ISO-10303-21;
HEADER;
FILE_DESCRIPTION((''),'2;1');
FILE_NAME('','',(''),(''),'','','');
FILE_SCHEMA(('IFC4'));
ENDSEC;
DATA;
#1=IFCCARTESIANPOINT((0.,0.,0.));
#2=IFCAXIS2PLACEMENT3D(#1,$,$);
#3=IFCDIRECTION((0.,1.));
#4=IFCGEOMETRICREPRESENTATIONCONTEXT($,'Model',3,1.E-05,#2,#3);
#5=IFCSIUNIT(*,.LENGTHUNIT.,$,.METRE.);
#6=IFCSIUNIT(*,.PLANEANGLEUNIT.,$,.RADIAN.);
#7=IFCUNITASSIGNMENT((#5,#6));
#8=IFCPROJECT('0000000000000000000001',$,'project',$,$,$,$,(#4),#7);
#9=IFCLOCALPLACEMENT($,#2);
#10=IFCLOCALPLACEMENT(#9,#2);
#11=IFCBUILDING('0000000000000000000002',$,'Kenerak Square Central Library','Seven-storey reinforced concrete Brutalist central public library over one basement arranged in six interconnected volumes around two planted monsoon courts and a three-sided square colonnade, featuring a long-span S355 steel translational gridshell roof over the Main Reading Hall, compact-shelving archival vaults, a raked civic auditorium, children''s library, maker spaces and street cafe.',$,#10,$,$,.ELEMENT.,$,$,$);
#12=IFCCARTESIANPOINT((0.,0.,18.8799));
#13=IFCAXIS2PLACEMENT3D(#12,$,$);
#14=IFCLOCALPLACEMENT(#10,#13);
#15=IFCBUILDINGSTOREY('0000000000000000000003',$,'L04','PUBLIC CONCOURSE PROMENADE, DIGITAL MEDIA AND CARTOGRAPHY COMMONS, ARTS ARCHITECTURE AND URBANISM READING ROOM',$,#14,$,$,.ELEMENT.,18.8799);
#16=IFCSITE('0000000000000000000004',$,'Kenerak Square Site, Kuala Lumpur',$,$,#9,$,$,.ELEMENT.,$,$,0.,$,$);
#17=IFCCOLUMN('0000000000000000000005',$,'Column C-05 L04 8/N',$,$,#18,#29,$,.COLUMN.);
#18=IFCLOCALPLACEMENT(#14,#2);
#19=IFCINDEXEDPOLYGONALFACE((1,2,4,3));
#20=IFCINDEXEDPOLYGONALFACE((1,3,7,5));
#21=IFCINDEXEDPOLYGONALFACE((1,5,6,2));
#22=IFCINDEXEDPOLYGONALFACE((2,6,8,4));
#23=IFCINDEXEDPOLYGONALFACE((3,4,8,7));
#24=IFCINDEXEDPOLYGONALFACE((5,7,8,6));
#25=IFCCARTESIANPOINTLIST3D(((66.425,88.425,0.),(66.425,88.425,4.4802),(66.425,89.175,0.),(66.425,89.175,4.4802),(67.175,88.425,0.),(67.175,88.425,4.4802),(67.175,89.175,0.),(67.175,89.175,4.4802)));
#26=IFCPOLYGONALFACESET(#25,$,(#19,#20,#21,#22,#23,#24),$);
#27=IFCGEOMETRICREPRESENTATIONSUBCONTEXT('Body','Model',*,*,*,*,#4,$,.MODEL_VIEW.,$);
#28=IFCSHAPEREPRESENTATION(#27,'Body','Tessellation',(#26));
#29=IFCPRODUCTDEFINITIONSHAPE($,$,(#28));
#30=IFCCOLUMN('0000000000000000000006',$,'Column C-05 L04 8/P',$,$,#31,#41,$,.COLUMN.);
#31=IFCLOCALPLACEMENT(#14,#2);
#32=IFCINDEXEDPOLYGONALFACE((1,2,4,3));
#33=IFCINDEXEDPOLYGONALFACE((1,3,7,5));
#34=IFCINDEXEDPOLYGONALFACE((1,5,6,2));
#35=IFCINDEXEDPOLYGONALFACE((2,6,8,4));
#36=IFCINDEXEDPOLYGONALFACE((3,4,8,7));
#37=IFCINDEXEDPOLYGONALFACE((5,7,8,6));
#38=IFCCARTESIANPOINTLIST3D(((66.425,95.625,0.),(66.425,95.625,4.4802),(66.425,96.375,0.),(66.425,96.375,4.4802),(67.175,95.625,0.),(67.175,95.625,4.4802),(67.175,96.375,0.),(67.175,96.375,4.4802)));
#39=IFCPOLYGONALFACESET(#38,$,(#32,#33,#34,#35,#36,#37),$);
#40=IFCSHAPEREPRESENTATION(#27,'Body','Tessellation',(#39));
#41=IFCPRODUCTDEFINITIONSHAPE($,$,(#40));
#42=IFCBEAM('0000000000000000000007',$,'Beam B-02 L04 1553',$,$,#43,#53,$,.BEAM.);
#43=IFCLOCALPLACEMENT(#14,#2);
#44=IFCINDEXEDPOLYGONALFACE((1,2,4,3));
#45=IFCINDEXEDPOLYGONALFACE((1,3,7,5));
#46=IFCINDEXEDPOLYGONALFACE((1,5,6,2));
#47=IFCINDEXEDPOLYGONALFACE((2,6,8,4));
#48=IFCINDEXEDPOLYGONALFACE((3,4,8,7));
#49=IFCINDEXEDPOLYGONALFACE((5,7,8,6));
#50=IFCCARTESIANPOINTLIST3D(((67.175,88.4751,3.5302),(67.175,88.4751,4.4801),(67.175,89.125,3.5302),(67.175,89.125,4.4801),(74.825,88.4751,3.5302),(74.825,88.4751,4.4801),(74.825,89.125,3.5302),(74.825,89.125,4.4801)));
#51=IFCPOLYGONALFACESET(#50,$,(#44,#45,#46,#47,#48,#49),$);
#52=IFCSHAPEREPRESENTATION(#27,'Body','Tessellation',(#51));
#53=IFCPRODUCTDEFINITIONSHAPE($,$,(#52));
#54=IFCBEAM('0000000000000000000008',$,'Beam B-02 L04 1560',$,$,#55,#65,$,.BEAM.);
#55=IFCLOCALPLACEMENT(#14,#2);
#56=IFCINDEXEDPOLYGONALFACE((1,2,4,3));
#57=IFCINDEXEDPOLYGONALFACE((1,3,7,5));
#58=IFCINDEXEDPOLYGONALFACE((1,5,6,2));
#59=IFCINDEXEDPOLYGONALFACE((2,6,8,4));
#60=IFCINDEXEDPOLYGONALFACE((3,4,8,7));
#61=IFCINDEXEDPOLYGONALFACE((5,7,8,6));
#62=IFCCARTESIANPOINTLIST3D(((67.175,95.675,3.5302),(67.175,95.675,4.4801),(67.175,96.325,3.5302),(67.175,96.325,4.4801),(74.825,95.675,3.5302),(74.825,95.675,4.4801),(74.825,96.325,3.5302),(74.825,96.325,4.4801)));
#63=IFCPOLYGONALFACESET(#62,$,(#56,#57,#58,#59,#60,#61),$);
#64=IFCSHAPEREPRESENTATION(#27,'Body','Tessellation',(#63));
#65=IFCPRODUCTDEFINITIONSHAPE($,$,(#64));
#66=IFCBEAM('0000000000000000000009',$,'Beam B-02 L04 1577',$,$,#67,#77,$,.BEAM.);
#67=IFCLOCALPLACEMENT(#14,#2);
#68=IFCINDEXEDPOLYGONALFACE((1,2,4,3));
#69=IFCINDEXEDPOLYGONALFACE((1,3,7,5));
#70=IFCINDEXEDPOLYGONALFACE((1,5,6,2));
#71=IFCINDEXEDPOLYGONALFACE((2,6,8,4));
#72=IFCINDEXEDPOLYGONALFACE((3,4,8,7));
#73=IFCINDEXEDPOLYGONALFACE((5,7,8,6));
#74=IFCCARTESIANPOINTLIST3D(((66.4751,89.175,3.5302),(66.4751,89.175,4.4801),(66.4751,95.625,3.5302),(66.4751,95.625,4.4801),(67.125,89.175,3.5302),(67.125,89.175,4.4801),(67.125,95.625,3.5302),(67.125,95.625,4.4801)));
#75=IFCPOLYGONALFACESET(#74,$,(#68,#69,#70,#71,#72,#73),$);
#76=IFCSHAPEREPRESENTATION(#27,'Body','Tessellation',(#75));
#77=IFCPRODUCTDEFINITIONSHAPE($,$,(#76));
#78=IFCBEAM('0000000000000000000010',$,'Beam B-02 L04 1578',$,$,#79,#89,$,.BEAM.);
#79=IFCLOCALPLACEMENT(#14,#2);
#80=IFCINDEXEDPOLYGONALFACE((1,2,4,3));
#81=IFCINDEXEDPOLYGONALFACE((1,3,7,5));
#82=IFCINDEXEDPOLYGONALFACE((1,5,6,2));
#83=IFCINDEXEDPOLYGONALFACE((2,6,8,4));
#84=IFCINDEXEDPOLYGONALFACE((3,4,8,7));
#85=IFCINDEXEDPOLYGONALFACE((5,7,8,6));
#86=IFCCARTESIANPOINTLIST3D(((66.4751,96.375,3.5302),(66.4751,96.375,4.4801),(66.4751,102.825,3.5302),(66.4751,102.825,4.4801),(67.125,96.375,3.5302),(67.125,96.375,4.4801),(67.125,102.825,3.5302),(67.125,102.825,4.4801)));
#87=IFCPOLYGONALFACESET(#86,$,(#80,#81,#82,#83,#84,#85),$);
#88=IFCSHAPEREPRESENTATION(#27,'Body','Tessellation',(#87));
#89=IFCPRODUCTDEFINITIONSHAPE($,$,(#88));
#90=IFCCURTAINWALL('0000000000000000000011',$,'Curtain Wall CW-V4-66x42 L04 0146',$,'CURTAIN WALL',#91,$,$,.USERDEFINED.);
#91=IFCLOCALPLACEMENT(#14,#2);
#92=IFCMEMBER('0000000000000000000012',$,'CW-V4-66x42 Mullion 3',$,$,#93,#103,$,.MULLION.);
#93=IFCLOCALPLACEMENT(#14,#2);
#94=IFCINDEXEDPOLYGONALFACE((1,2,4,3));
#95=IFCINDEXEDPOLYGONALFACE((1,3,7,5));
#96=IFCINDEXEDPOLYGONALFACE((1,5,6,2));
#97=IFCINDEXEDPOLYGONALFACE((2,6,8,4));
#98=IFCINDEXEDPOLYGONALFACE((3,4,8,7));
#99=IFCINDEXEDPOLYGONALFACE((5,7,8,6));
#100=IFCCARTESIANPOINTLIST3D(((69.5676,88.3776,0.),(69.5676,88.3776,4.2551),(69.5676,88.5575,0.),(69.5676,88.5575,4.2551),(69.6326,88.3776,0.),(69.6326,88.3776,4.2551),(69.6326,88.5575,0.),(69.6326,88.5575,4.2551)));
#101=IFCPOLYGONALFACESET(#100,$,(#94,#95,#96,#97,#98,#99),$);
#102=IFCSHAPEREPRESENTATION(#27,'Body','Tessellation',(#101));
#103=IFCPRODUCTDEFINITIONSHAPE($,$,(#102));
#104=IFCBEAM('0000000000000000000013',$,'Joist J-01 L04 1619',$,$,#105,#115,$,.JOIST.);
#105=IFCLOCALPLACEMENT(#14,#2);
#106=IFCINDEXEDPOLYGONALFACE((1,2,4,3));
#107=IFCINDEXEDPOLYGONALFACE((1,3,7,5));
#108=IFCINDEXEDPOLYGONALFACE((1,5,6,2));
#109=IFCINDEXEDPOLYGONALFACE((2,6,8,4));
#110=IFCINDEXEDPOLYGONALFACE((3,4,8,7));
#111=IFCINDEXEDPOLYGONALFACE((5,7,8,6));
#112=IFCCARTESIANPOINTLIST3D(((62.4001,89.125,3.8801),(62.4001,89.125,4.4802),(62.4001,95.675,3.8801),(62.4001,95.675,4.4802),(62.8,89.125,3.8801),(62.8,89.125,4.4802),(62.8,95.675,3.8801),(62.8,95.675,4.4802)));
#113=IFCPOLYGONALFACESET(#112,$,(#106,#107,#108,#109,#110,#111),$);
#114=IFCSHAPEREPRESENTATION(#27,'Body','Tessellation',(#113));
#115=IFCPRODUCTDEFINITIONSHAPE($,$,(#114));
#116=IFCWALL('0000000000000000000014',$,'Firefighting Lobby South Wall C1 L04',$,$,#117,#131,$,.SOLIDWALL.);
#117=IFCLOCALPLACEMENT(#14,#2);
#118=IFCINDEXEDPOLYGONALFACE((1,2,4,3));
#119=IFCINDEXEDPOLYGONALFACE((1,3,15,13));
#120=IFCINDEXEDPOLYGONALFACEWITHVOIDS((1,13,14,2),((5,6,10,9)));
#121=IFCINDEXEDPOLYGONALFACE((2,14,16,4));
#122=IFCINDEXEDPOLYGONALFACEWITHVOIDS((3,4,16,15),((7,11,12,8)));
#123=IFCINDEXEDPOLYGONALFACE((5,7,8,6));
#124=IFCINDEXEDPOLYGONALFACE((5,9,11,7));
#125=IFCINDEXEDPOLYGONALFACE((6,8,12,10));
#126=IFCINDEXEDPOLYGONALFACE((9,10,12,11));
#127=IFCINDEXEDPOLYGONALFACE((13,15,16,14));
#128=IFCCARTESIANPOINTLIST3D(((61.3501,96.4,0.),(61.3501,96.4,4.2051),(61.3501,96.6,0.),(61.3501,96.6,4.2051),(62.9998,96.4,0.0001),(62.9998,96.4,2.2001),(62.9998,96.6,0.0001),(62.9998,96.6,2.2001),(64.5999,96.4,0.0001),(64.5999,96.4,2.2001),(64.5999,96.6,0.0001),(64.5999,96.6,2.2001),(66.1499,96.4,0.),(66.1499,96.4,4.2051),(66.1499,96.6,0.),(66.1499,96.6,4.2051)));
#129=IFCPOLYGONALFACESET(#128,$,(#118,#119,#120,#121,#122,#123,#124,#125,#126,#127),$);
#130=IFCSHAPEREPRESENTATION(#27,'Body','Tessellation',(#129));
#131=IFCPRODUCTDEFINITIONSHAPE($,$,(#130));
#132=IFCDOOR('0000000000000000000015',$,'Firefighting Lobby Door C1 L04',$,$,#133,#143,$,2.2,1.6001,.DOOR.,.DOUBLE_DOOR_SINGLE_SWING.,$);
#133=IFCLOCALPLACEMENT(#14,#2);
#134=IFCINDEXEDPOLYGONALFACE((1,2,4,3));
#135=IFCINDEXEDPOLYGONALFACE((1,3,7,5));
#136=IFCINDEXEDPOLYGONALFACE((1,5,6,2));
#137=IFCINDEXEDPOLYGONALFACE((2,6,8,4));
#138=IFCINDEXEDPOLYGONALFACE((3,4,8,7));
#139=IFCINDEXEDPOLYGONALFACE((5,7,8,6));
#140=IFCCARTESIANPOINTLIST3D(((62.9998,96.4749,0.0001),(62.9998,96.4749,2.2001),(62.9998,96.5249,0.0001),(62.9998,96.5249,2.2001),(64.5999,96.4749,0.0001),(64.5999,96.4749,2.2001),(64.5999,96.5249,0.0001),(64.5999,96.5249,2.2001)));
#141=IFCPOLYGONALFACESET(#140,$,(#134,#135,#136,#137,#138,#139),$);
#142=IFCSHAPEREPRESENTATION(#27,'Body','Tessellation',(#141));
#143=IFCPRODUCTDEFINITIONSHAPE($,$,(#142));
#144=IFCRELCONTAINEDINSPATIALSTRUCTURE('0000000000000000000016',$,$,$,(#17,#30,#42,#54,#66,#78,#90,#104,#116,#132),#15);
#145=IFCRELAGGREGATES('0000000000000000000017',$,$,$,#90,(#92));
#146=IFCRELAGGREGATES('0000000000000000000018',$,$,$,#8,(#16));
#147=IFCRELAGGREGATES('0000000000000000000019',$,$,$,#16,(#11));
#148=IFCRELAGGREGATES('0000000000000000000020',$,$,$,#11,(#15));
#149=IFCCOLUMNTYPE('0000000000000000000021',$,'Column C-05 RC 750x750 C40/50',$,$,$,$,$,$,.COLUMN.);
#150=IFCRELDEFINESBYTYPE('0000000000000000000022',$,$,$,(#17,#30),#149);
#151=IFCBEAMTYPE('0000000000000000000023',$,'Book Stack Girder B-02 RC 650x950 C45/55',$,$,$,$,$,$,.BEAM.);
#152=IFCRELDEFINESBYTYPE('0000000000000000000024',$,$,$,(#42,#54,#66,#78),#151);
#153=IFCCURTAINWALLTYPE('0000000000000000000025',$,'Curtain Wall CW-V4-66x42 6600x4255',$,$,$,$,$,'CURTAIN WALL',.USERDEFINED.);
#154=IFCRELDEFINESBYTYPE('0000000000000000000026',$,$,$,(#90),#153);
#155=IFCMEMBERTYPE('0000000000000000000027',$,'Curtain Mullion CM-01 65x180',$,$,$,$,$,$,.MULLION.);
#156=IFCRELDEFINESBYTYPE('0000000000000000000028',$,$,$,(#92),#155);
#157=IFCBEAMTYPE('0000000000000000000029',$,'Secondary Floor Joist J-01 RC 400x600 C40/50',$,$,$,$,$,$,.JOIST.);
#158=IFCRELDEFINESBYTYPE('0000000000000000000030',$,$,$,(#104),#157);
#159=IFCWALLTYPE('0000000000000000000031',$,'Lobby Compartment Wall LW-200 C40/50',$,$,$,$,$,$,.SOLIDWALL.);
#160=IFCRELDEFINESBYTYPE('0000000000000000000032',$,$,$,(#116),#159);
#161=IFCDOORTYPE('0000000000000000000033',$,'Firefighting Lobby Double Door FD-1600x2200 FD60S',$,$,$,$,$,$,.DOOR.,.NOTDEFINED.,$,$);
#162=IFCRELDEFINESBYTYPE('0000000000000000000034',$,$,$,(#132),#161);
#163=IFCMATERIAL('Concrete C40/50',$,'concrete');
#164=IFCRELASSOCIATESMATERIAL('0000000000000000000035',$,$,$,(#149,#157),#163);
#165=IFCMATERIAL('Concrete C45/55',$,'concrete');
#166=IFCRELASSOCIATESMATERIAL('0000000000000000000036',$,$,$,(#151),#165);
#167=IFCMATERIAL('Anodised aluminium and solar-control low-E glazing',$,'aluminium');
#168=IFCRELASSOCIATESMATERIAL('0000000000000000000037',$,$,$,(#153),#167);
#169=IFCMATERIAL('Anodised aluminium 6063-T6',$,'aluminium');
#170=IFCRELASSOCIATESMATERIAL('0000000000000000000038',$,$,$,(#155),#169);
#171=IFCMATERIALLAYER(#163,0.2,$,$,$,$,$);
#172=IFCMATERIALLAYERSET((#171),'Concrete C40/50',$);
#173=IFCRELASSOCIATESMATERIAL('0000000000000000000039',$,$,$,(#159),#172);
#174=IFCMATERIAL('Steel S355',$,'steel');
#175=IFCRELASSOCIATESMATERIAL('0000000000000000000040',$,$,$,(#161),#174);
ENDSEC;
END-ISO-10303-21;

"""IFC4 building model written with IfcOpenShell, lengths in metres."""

from ifc_helpers import new_model, si_unit, direction, frame, frame_2d, origin, origin_2d, place, context, subcontext, project, spatial, rectangle, extrude, material, layer, layer_set, material_profile, profile_set, type_object, element, fill, aggregate, save


model = new_model("IFC4")

# Units and contexts
model_context = context("Model", 3, precision=1e-05, world=origin(), true_north=direction((0.0, 1.0)))
body_context = subcontext(model_context, "Body", "Model", "MODEL_VIEW")
ifc_project = project(units=[si_unit("LENGTHUNIT", "METRE"), si_unit("PLANEANGLEUNIT", "RADIAN")], contexts=[model_context])

# Site, building, storey
site_placement = place(None, origin())
site = spatial("IfcSite", under=ifc_project, at=site_placement, Name="Kenerak Square Site, Kuala Lumpur", CompositionType="ELEMENT", RefElevation=0.0)
building_placement = place(site_placement, origin())
building = spatial("IfcBuilding", under=site, at=building_placement, Name="Kenerak Square Central Library", Description="Seven-storey reinforced concrete Brutalist central public library over one basement arranged in six interconnected volumes around two planted monsoon courts and a three-sided square colonnade, featuring a long-span S355 steel translational gridshell roof over the Main Reading Hall, compact-shelving archival vaults, a raked civic auditorium, children's library, maker spaces and street cafe.", CompositionType="ELEMENT")
storey_placement = place(building_placement, frame((0.0, 0.0, 18.8799)))
storey = spatial("IfcBuildingStorey", under=building, at=storey_placement, Name="L04", Description="PUBLIC CONCOURSE PROMENADE, DIGITAL MEDIA AND CARTOGRAPHY COMMONS, ARTS ARCHITECTURE AND URBANISM READING ROOM", CompositionType="ELEMENT", Elevation=18.8799)

# Columns
ifc_material_1 = material(Name="Concrete C40/50", Category="concrete")
ifc_material_profile_1 = material_profile(ifc_material_1, rectangle(XDim=0.75, YDim=0.75, at=origin_2d()), Name="RC 750x750")
ifc_profile_set_1 = profile_set([ifc_material_profile_1], Name="Concrete C40/50")
column_type = type_object("IfcColumnType", Name="Column C-05 RC 750x750 C40/50", PredefinedType="COLUMN", material=ifc_profile_set_1)
for number, where, z_axis, x_axis, name in (
    (1, (66.8, 88.8, 0.0), (0.0, 0.0, 1.0), (1.0, 0.0, 0.0), "Column C-05 L04 8/N"),
    (2, (66.8, 96.0, 0.0), (0.0, 0.0, 1.0), (1.0, 0.0, 0.0), "Column C-05 L04 8/P"),
):
    element("IfcColumn", number, at=place(storey_placement, frame(where, z_axis=z_axis, x_axis=x_axis)), inside=storey, type_object=column_type, Name=name, PredefinedType="COLUMN", context=body_context, shape_type="SweptSolid", body=[
        extrude(rectangle(XDim=0.75, YDim=0.75, at=origin_2d()), origin(), (0.0, 0.0, 1.0), 4.4802),
    ])

# Beams
ifc_material_2 = material(Name="Concrete C45/55", Category="concrete")
ifc_material_profile_2 = material_profile(ifc_material_2, rectangle(XDim=0.6499, YDim=0.95, at=origin_2d()), Name="RC 650x950")
ifc_profile_set_2 = profile_set([ifc_material_profile_2], Name="Concrete C45/55")
beam_type_1 = type_object("IfcBeamType", Name="Book Stack Girder B-02 RC 650x950 C45/55", PredefinedType="BEAM", material=ifc_profile_set_2)
for number, where, z_axis, x_axis, name in (
    (3, (67.175, 88.8, 4.0051), (1.0, 0.0, 0.0), (0.0, 1.0, 0.0), "Beam B-02 L04 1553"),
    (4, (67.175, 96.0, 4.0051), (1.0, 0.0, 0.0), (0.0, 1.0, 0.0), "Beam B-02 L04 1560"),
):
    element("IfcBeam", number, at=place(storey_placement, frame(where, z_axis=z_axis, x_axis=x_axis)), inside=storey, type_object=beam_type_1, Name=name, PredefinedType="BEAM", context=body_context, shape_type="SweptSolid", body=[
        extrude(rectangle(XDim=0.6499, YDim=0.95, at=origin_2d()), origin(), (0.0, 0.0, 1.0), 7.6499),
    ])
for number, where, z_axis, x_axis, name in (
    (5, (66.8, 89.175, 4.0051), (0.0, 1.0, 0.0), (-1.0, 0.0, 0.0), "Beam B-02 L04 1577"),
    (6, (66.8, 96.375, 4.0051), (0.0, 1.0, 0.0), (-1.0, 0.0, 0.0), "Beam B-02 L04 1578"),
):
    element("IfcBeam", number, at=place(storey_placement, frame(where, z_axis=z_axis, x_axis=x_axis)), inside=storey, type_object=beam_type_1, Name=name, PredefinedType="BEAM", context=body_context, shape_type="SweptSolid", body=[
        extrude(rectangle(XDim=0.6499, YDim=0.95, at=origin_2d()), origin(), (0.0, 0.0, 1.0), 6.45),
    ])

# Curtain wall, member
ifc_material_3 = material(Name="Anodised aluminium and solar-control low-E glazing", Category="aluminium")
curtain_wall_type = type_object("IfcCurtainWallType", Name="Curtain Wall CW-V4-66x42 6600x4255", ElementType="CURTAIN WALL", PredefinedType="USERDEFINED", material=ifc_material_3)
curtain_wall_placement = place(storey_placement, origin())
curtain_wall = element("IfcCurtainWall", 7, at=curtain_wall_placement, inside=storey, type_object=curtain_wall_type, Name="Curtain Wall CW-V4-66x42 L04 0146", ObjectType="CURTAIN WALL", PredefinedType="USERDEFINED")
ifc_material_4 = material(Name="Anodised aluminium 6063-T6", Category="aluminium")
ifc_material_profile_3 = material_profile(ifc_material_4, rectangle(XDim=0.0649, YDim=0.1799, at=origin_2d()), Name="AL MULLION 65x180")
ifc_profile_set_3 = profile_set([ifc_material_profile_3], Name="Anodised aluminium 6063-T6")
member_type = type_object("IfcMemberType", Name="Curtain Mullion CM-01 65x180", PredefinedType="MULLION", material=ifc_profile_set_3)
member_placement = place(storey_placement, frame((69.6001, 88.4675, 0.0), z_axis=(0.0, 0.0, 1.0), x_axis=(-1.0, 0.0, 0.0)))
member = element("IfcMember", 8, at=member_placement, type_object=member_type, Name="CW-V4-66x42 Mullion 3", PredefinedType="MULLION", context=body_context, shape_type="SweptSolid", body=[
    extrude(rectangle(XDim=0.0649, YDim=0.1799, at=origin_2d()), origin(), (0.0, 0.0, 1.0), 4.2551),
])
aggregate(curtain_wall, [member])

# Beam
ifc_material_profile_4 = material_profile(ifc_material_1, rectangle(XDim=0.3999, YDim=0.6001, at=origin_2d()), Name="RC 400x600")
ifc_profile_set_4 = profile_set([ifc_material_profile_4], Name="Concrete C40/50")
beam_type_2 = type_object("IfcBeamType", Name="Secondary Floor Joist J-01 RC 400x600 C40/50", PredefinedType="JOIST", material=ifc_profile_set_4)
beam_placement = place(storey_placement, frame((62.6001, 89.125, 4.1802), z_axis=(0.0, 1.0, 0.0), x_axis=(-1.0, 0.0, 0.0)))
element("IfcBeam", 9, at=beam_placement, inside=storey, type_object=beam_type_2, Name="Joist J-01 L04 1619", PredefinedType="JOIST", context=body_context, shape_type="SweptSolid", body=[
    extrude(rectangle(XDim=0.3999, YDim=0.6001, at=origin_2d()), origin(), (0.0, 0.0, 1.0), 6.55),
])

# Wall, opening, door
ifc_layer_1 = layer(ifc_material_1, 0.2)
ifc_layer_set_1 = layer_set([ifc_layer_1], Name="Concrete C40/50")
wall_type_1 = type_object("IfcWallType", Name="Lobby Compartment Wall LW-200 C40/50", PredefinedType="SOLIDWALL", material=ifc_layer_set_1)
wall_1_placement = place(storey_placement, frame((66.1499, 96.5, 0.0), z_axis=(0.0, 0.0, 1.0), x_axis=(-1.0, 0.0, 0.0)))
wall_1 = element("IfcWall", 10, at=wall_1_placement, inside=storey, type_object=wall_type_1, Name="Firefighting Lobby South Wall C1 L04", PredefinedType="SOLIDWALL", context=body_context, shape_type="SweptSolid", body=[
    extrude(rectangle(XDim=4.7998, YDim=0.2, at=frame_2d((2.3999, 0.0))), origin(), (0.0, 0.0, 1.0), 4.2051),
])
opening_1_placement = place(wall_1_placement, frame((1.55, 0.0, 0.0)))
opening_1 = element("IfcOpeningElement", 11, at=opening_1_placement, cuts=wall_1, PredefinedType="OPENING", context=body_context, shape_type="SweptSolid", body=[
    extrude(rectangle(XDim=1.6001, YDim=2.2, at=frame_2d((0.8, 1.1001))), frame((0.0, 0.1099, 0.0), z_axis=(0.0, -1.0, 0.0), x_axis=(1.0, 0.0, 0.0)), (0.0, 0.0, 1.0), 0.22),
])
ifc_material_5 = material(Name="Steel S355", Category="steel")
door_type = type_object("IfcDoorType", Name="Firefighting Lobby Double Door FD-1600x2200 FD60S", OperationType="NOTDEFINED", PredefinedType="DOOR", material=ifc_material_5)
door_placement = place(opening_1_placement, frame((1.6001, 0.0, 0.0), z_axis=(0.0, 0.0, 1.0), x_axis=(-1.0, 0.0, 0.0)))
door = element("IfcDoor", 12, at=door_placement, inside=storey, type_object=door_type, Name="Firefighting Lobby Door C1 L04", OperationType="DOUBLE_DOOR_SINGLE_SWING", OverallHeight=2.2, OverallWidth=1.6001, PredefinedType="DOOR", context=body_context, shape_type="SweptSolid", body=[
    extrude(rectangle(XDim=1.6001, YDim=2.2, at=frame_2d((0.8, 1.1001))), frame((0.0, 0.0249, 0.0), z_axis=(0.0, -1.0, 0.0), x_axis=(1.0, 0.0, 0.0)), (0.0, 0.0, 1.0), 0.05),
])
fill(opening_1, door)

save(model, "model.ifc")
